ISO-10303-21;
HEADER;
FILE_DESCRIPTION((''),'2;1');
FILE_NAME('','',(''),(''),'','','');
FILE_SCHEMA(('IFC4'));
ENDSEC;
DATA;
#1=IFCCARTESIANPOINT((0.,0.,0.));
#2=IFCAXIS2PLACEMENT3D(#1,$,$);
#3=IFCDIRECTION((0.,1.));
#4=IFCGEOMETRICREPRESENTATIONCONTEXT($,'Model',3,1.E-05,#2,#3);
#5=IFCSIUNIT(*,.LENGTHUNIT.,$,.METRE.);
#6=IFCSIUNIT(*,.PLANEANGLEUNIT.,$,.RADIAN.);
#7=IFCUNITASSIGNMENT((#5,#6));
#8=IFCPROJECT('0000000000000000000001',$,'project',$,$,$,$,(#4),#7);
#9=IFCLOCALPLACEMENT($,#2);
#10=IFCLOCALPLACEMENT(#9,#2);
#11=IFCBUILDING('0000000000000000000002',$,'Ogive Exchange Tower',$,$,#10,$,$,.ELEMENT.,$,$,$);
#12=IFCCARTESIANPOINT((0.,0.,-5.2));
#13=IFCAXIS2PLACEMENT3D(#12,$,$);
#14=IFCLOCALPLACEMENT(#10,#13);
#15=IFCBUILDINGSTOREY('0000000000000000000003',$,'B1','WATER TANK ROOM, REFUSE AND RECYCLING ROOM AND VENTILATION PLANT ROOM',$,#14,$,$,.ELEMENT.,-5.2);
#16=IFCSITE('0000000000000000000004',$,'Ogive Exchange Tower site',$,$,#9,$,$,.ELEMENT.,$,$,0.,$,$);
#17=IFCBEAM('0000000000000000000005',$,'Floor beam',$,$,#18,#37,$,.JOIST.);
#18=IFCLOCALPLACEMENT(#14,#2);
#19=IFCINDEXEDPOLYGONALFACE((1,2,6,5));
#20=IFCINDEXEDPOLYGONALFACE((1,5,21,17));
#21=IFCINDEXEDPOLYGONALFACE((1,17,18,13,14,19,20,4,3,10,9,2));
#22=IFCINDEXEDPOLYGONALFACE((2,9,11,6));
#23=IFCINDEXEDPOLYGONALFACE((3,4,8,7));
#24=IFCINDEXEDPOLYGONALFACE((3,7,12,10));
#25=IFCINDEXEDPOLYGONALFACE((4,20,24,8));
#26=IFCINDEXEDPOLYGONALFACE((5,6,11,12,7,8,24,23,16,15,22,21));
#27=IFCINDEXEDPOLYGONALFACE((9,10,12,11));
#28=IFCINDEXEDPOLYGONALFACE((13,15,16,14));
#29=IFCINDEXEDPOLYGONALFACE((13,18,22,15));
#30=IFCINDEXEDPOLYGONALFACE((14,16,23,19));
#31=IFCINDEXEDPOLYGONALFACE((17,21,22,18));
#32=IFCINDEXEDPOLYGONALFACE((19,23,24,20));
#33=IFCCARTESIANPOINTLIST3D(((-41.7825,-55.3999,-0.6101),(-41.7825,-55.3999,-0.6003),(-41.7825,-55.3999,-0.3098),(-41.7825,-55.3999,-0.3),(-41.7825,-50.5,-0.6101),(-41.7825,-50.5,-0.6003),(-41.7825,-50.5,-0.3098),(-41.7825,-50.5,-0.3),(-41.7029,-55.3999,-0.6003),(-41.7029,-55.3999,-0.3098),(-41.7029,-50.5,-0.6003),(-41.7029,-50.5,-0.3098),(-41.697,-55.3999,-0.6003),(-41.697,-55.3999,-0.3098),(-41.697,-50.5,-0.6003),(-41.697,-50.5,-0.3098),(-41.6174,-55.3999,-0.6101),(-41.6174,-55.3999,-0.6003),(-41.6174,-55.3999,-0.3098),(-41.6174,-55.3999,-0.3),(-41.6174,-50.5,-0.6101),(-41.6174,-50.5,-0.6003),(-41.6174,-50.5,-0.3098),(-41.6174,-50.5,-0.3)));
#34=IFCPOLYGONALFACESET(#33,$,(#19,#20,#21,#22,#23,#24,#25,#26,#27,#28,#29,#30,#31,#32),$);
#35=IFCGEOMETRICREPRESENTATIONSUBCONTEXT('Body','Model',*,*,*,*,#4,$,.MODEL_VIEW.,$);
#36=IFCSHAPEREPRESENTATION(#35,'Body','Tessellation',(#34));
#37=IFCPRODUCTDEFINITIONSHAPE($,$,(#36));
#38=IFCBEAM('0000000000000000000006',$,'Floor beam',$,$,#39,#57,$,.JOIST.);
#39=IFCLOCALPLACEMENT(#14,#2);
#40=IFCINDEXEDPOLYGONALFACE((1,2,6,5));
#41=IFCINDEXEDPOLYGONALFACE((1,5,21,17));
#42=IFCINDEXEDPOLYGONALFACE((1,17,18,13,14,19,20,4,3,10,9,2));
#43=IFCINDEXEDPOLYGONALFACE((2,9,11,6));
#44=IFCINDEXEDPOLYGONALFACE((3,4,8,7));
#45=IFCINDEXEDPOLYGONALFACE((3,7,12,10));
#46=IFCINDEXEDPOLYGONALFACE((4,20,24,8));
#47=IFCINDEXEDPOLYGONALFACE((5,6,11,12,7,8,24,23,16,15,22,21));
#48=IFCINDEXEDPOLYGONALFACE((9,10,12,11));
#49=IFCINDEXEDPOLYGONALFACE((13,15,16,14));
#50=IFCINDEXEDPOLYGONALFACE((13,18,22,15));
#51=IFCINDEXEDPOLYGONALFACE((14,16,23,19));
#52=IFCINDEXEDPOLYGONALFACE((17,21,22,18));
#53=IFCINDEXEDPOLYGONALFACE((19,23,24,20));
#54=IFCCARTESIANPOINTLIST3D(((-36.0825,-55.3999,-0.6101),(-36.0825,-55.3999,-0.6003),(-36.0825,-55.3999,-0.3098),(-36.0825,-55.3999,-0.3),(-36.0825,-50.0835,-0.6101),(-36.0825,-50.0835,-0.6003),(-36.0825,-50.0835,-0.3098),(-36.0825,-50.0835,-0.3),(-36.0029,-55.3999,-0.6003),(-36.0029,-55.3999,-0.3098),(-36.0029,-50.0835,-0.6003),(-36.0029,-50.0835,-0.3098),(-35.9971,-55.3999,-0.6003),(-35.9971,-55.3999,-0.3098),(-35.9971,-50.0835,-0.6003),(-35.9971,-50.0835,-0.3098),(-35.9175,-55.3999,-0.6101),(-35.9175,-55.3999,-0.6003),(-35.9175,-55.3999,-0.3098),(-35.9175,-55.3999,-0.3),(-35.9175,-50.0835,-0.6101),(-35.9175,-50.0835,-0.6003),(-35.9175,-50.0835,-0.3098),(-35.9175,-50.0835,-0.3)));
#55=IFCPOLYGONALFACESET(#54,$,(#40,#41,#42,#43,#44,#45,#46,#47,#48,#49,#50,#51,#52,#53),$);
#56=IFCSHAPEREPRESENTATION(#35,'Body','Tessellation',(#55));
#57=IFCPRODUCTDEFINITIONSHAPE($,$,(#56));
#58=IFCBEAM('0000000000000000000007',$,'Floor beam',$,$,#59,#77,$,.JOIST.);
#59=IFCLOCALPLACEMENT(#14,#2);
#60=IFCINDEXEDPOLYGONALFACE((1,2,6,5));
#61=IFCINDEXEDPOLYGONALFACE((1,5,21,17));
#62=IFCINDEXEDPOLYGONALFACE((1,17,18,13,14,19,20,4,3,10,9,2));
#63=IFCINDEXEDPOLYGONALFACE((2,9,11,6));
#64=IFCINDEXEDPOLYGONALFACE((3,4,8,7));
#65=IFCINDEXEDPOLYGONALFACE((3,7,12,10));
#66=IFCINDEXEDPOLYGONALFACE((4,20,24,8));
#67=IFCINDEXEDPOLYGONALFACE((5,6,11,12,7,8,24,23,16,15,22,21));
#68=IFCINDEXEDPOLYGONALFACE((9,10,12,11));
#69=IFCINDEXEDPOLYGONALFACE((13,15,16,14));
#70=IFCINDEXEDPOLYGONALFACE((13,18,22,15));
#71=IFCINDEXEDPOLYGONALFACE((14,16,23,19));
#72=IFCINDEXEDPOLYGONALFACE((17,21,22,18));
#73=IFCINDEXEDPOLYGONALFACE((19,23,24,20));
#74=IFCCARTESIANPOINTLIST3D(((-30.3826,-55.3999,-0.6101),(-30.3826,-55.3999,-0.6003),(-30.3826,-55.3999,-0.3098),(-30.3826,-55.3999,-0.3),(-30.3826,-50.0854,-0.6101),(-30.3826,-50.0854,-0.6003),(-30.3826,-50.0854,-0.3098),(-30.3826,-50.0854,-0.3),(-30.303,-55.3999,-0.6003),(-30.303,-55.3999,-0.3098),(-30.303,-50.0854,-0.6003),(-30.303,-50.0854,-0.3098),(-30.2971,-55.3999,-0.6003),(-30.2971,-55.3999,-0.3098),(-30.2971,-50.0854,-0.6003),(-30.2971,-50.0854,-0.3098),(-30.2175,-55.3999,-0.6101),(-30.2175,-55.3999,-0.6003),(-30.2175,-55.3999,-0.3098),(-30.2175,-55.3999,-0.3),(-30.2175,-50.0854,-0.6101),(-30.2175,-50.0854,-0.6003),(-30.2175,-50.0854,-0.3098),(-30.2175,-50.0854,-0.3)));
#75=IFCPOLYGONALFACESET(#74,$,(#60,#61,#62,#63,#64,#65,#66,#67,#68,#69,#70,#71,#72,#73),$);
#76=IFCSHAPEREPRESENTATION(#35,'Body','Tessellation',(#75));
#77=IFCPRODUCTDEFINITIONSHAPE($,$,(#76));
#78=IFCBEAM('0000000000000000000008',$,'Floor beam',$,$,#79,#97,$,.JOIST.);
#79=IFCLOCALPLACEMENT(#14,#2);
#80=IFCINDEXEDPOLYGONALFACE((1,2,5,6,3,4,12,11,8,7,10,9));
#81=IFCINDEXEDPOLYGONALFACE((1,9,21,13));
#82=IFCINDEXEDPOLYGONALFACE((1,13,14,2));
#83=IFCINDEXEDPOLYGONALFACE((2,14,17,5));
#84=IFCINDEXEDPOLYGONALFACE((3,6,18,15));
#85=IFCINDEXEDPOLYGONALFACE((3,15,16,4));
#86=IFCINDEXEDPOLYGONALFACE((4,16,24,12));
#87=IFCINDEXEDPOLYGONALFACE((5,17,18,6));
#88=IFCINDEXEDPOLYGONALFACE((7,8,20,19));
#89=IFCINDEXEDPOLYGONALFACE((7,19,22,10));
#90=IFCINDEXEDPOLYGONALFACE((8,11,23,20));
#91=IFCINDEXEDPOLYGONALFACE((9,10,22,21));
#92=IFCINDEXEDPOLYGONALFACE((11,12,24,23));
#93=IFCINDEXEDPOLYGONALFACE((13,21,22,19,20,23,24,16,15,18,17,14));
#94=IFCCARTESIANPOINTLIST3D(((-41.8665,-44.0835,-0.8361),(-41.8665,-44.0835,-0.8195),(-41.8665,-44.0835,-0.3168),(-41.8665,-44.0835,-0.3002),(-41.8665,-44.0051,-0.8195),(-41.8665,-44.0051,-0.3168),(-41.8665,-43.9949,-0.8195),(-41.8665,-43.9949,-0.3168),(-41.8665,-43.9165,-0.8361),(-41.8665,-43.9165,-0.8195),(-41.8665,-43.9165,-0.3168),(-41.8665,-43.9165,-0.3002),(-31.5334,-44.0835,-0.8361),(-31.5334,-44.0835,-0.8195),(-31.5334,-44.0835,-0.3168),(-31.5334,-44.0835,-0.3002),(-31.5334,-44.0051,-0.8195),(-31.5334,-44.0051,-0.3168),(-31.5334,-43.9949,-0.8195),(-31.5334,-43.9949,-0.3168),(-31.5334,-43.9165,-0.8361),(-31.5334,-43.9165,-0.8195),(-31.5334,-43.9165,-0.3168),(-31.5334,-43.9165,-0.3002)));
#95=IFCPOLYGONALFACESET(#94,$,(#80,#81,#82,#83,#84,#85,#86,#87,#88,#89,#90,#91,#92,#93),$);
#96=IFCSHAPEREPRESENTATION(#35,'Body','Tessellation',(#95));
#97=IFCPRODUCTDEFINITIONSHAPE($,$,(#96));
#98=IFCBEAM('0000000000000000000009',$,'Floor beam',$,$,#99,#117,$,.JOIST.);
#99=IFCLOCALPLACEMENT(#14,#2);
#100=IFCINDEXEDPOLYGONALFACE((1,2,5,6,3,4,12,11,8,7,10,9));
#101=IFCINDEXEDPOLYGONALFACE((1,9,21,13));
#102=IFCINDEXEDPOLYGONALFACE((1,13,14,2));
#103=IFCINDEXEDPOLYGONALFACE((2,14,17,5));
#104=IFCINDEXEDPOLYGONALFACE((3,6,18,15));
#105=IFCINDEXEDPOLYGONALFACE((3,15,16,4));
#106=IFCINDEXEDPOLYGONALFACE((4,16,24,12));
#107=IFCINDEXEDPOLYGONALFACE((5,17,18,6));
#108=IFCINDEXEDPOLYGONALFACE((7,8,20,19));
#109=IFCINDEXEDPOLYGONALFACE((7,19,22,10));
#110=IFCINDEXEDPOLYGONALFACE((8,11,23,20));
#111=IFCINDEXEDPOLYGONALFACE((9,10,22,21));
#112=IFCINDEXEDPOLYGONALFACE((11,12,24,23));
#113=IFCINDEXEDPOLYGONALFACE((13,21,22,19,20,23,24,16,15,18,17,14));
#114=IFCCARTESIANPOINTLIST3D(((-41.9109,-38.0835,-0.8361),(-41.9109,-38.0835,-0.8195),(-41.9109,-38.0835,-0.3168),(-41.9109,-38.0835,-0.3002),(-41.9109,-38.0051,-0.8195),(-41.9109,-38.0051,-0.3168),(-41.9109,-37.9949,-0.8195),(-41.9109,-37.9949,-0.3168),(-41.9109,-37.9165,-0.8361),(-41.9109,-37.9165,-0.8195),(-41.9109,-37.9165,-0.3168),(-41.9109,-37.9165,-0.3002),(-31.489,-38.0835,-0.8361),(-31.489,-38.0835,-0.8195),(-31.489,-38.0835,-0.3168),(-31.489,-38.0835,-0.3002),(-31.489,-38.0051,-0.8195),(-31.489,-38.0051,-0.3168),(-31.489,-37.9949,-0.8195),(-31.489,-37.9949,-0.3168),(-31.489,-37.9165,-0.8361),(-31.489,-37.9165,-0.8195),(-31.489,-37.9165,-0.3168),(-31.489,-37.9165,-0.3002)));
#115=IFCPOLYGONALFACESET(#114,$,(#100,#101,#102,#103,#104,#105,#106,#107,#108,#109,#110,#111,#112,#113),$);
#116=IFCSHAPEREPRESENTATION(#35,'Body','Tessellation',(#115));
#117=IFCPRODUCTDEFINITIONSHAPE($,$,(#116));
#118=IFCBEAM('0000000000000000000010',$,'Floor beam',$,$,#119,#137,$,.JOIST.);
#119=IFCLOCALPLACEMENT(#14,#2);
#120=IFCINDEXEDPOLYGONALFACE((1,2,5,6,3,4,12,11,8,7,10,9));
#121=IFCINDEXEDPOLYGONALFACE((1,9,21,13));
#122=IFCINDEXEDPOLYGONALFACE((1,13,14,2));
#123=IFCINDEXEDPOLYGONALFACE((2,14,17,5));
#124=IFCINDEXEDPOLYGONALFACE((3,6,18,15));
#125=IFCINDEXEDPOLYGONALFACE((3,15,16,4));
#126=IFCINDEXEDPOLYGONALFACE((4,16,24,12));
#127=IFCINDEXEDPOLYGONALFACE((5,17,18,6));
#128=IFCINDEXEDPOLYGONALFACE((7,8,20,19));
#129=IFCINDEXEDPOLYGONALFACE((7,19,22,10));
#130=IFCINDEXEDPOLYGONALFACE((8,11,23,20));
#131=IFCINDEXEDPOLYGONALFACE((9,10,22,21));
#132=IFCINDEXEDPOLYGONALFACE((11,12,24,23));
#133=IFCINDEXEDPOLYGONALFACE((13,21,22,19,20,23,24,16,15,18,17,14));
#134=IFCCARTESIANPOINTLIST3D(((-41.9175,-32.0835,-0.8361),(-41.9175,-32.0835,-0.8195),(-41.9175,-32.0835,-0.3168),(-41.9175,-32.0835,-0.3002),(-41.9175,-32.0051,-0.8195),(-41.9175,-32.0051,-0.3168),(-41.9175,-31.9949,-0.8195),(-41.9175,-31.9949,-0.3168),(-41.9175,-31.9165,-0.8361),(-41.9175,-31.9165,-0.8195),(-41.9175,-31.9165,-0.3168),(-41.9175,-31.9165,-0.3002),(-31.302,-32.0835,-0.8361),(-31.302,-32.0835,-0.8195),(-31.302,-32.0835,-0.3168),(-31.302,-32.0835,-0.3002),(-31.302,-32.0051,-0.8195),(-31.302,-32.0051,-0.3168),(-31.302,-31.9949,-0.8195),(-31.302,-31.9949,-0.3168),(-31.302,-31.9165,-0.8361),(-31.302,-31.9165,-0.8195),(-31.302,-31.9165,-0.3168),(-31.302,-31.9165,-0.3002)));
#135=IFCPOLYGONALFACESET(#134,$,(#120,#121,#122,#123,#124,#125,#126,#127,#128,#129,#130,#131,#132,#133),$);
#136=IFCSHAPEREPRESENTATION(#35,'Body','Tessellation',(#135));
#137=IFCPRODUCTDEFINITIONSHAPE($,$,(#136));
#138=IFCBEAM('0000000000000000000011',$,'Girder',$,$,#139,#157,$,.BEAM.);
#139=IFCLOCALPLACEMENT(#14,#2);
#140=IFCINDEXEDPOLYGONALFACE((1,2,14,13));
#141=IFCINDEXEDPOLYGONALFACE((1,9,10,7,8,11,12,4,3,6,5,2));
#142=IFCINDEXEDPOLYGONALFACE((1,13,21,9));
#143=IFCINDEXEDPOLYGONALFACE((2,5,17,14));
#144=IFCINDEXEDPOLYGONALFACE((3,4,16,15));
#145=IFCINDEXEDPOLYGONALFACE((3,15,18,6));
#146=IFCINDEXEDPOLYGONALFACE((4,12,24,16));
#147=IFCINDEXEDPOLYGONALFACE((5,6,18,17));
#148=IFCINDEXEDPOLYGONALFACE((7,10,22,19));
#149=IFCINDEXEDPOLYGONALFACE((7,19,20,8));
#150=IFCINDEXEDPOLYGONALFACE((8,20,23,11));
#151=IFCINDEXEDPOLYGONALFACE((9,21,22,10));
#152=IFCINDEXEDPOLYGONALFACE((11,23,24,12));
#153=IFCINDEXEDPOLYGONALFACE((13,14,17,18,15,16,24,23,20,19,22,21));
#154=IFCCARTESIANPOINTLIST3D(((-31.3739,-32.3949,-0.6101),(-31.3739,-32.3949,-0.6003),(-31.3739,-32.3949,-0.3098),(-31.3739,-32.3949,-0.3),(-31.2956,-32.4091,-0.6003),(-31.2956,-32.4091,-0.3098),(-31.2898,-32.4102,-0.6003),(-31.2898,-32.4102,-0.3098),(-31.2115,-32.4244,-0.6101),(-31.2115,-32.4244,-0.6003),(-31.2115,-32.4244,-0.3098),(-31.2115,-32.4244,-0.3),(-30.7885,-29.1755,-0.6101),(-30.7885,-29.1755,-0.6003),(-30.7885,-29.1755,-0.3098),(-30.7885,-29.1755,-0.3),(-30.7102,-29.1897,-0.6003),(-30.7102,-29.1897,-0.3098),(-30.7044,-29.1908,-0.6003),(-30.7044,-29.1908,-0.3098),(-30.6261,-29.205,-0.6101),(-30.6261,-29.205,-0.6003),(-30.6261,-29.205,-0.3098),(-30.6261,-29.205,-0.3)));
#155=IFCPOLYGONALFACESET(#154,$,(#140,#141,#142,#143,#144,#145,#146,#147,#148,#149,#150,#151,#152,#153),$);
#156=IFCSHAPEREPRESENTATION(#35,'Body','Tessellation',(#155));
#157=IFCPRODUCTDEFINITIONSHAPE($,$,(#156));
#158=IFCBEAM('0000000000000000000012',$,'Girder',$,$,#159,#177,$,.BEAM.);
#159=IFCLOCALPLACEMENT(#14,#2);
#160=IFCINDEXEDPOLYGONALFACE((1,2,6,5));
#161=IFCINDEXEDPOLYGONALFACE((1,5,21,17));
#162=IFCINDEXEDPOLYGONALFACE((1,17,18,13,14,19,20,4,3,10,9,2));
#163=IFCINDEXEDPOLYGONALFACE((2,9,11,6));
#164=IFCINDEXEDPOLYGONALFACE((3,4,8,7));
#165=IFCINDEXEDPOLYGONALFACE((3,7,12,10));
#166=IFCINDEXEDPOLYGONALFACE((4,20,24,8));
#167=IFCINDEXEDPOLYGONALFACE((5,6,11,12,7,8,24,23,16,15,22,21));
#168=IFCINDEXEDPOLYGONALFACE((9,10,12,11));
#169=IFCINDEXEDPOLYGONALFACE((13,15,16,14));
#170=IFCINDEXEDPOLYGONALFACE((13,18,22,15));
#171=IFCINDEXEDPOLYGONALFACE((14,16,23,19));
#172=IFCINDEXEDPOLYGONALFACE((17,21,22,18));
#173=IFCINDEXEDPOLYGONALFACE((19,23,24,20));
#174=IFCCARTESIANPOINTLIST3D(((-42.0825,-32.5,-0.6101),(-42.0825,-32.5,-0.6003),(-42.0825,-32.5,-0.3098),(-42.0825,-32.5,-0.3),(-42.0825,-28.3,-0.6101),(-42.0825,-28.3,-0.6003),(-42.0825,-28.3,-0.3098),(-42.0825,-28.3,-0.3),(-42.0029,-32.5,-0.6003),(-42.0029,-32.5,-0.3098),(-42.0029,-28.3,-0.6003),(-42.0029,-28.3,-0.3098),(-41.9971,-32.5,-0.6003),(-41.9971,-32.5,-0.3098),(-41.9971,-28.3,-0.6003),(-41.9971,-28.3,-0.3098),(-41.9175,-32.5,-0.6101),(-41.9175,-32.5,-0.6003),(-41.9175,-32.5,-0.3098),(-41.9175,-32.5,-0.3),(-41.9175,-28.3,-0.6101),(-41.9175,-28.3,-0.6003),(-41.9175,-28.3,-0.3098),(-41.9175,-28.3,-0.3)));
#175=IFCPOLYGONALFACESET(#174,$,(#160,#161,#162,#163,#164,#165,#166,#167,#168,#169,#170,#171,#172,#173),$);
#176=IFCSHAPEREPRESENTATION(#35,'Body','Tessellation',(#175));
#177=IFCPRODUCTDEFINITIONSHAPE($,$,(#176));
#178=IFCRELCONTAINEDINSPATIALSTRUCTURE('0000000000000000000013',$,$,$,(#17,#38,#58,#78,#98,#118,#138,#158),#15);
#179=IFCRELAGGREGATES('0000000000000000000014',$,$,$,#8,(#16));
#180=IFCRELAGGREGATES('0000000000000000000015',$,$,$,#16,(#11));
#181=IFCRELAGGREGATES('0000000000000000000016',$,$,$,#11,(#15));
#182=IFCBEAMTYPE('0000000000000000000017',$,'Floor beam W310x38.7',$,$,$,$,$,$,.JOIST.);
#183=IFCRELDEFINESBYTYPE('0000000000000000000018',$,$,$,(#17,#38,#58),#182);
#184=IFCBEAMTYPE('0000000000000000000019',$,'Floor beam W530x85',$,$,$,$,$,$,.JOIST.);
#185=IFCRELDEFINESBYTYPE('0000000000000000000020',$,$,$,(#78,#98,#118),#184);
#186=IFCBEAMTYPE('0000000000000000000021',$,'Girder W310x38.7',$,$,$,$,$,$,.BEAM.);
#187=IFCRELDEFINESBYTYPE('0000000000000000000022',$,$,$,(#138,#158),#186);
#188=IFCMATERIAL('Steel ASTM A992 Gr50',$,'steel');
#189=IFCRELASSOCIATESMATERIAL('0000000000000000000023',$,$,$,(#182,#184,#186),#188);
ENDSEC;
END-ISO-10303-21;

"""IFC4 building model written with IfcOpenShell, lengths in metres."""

from ifc_helpers import new_model, si_unit, direction, frame, origin, origin_2d, place, context, subcontext, project, spatial, i_section, extrude, material, material_profile, profile_set, type_object, element, save


model = new_model("IFC4")

# Units and contexts
model_context = context("Model", 3, precision=1e-05, world=origin(), true_north=direction((0.0, 1.0)))
body_context = subcontext(model_context, "Body", "Model", "MODEL_VIEW")
ifc_project = project(units=[si_unit("LENGTHUNIT", "METRE"), si_unit("PLANEANGLEUNIT", "RADIAN")], contexts=[model_context])

# Site, building, storey
site_placement = place(None, origin())
site = spatial("IfcSite", under=ifc_project, at=site_placement, Name="Ogive Exchange Tower site", CompositionType="ELEMENT", RefElevation=0.0)
building_placement = place(site_placement, origin())
building = spatial("IfcBuilding", under=site, at=building_placement, Name="Ogive Exchange Tower", CompositionType="ELEMENT")
storey_placement = place(building_placement, frame((0.0, 0.0, -5.2)))
storey = spatial("IfcBuildingStorey", under=building, at=storey_placement, Name="B1", Description="WATER TANK ROOM, REFUSE AND RECYCLING ROOM AND VENTILATION PLANT ROOM", CompositionType="ELEMENT", Elevation=-5.2)

# Beams
ifc_material_1 = material(Name="Steel ASTM A992 Gr50", Category="steel")
ifc_material_profile_1 = material_profile(ifc_material_1, i_section(OverallWidth=0.165, OverallDepth=0.3101, WebThickness=0.0059, FlangeThickness=0.0098, at=origin_2d()), Name="W310x38.7")
ifc_profile_set_1 = profile_set([ifc_material_profile_1], Name="Steel ASTM A992 Gr50")
beam_type_1 = type_object("IfcBeamType", Name="Floor beam W310x38.7", PredefinedType="JOIST", material=ifc_profile_set_1)
beam_1_placement = place(storey_placement, frame((-41.7, -55.3999, -0.4551), z_axis=(0.0, 1.0, 0.0), x_axis=(-1.0, 0.0, 0.0)))
element("IfcBeam", 1, at=beam_1_placement, inside=storey, type_object=beam_type_1, Name="Floor beam", PredefinedType="JOIST", context=body_context, shape_type="SweptSolid", body=[
    extrude(i_section(OverallWidth=0.165, OverallDepth=0.3101, WebThickness=0.0059, FlangeThickness=0.0098, at=origin_2d()), origin(), (0.0, 0.0, 1.0), 4.8999),
])
beam_2_placement = place(storey_placement, frame((-36.0, -55.3999, -0.4551), z_axis=(0.0, 1.0, 0.0), x_axis=(-1.0, 0.0, 0.0)))
element("IfcBeam", 2, at=beam_2_placement, inside=storey, type_object=beam_type_1, Name="Floor beam", PredefinedType="JOIST", context=body_context, shape_type="SweptSolid", body=[
    extrude(i_section(OverallWidth=0.165, OverallDepth=0.3101, WebThickness=0.0059, FlangeThickness=0.0098, at=origin_2d()), origin(), (0.0, 0.0, 1.0), 5.3164),
])
beam_3_placement = place(storey_placement, frame((-30.3, -55.3999, -0.4551), z_axis=(0.0, 1.0, 0.0), x_axis=(-1.0, 0.0, 0.0)))
element("IfcBeam", 3, at=beam_3_placement, inside=storey, type_object=beam_type_1, Name="Floor beam", PredefinedType="JOIST", context=body_context, shape_type="SweptSolid", body=[
    extrude(i_section(OverallWidth=0.165, OverallDepth=0.3101, WebThickness=0.0059, FlangeThickness=0.0098, at=origin_2d()), origin(), (0.0, 0.0, 1.0), 5.3145),
])
ifc_material_profile_2 = material_profile(ifc_material_1, i_section(OverallWidth=0.167, OverallDepth=0.5359, WebThickness=0.0103, FlangeThickness=0.0166, at=origin_2d()), Name="W530x85")
ifc_profile_set_2 = profile_set([ifc_material_profile_2], Name="Steel ASTM A992 Gr50")
beam_type_2 = type_object("IfcBeamType", Name="Floor beam W530x85", PredefinedType="JOIST", material=ifc_profile_set_2)
beam_4_placement = place(storey_placement, frame((-41.8665, -44.0, -0.5681), z_axis=(1.0, 0.0, 0.0), x_axis=(0.0, 1.0, 0.0)))
element("IfcBeam", 4, at=beam_4_placement, inside=storey, type_object=beam_type_2, Name="Floor beam", PredefinedType="JOIST", context=body_context, shape_type="SweptSolid", body=[
    extrude(i_section(OverallWidth=0.167, OverallDepth=0.5359, WebThickness=0.0103, FlangeThickness=0.0166, at=origin_2d()), origin(), (0.0, 0.0, 1.0), 10.333),
])
beam_5_placement = place(storey_placement, frame((-41.9109, -38.0, -0.5681), z_axis=(1.0, 0.0, 0.0), x_axis=(0.0, 1.0, 0.0)))
element("IfcBeam", 5, at=beam_5_placement, inside=storey, type_object=beam_type_2, Name="Floor beam", PredefinedType="JOIST", context=body_context, shape_type="SweptSolid", body=[
    extrude(i_section(OverallWidth=0.167, OverallDepth=0.5359, WebThickness=0.0103, FlangeThickness=0.0166, at=origin_2d()), origin(), (0.0, 0.0, 1.0), 10.4219),
])
beam_6_placement = place(storey_placement, frame((-41.9175, -32.0, -0.5681), z_axis=(1.0, 0.0, 0.0), x_axis=(0.0, 1.0, 0.0)))
element("IfcBeam", 6, at=beam_6_placement, inside=storey, type_object=beam_type_2, Name="Floor beam", PredefinedType="JOIST", context=body_context, shape_type="SweptSolid", body=[
    extrude(i_section(OverallWidth=0.167, OverallDepth=0.5359, WebThickness=0.0103, FlangeThickness=0.0166, at=origin_2d()), origin(), (0.0, 0.0, 1.0), 10.6155),
])
ifc_material_profile_3 = material_profile(ifc_material_1, i_section(OverallWidth=0.165, OverallDepth=0.3101, WebThickness=0.0059, FlangeThickness=0.0098, at=origin_2d()), Name="W310x38.7")
ifc_profile_set_3 = profile_set([ifc_material_profile_3], Name="Steel ASTM A992 Gr50")
beam_type_3 = type_object("IfcBeamType", Name="Girder W310x38.7", PredefinedType="BEAM", material=ifc_profile_set_3)
beam_7_placement = place(storey_placement, frame((-31.2927, -32.4097, -0.4551), z_axis=(0.178912, 0.983865, 0.0), x_axis=(-0.983865, 0.178912, 0.0)))
element("IfcBeam", 7, at=beam_7_placement, inside=storey, type_object=beam_type_3, Name="Girder", PredefinedType="BEAM", context=body_context, shape_type="SweptSolid", body=[
    extrude(i_section(OverallWidth=0.165, OverallDepth=0.3101, WebThickness=0.0059, FlangeThickness=0.0098, at=origin_2d()), origin(), (0.0, 0.0, 1.0), 3.2722),
])
beam_8_placement = place(storey_placement, frame((-42.0, -32.5, -0.4551), z_axis=(0.0, 1.0, 0.0), x_axis=(-1.0, 0.0, 0.0)))
element("IfcBeam", 8, at=beam_8_placement, inside=storey, type_object=beam_type_3, Name="Girder", PredefinedType="BEAM", context=body_context, shape_type="SweptSolid", body=[
    extrude(i_section(OverallWidth=0.165, OverallDepth=0.3101, WebThickness=0.0059, FlangeThickness=0.0098, at=origin_2d()), origin(), (0.0, 0.0, 1.0), 4.2),
])

save(model, "model.ifc")
